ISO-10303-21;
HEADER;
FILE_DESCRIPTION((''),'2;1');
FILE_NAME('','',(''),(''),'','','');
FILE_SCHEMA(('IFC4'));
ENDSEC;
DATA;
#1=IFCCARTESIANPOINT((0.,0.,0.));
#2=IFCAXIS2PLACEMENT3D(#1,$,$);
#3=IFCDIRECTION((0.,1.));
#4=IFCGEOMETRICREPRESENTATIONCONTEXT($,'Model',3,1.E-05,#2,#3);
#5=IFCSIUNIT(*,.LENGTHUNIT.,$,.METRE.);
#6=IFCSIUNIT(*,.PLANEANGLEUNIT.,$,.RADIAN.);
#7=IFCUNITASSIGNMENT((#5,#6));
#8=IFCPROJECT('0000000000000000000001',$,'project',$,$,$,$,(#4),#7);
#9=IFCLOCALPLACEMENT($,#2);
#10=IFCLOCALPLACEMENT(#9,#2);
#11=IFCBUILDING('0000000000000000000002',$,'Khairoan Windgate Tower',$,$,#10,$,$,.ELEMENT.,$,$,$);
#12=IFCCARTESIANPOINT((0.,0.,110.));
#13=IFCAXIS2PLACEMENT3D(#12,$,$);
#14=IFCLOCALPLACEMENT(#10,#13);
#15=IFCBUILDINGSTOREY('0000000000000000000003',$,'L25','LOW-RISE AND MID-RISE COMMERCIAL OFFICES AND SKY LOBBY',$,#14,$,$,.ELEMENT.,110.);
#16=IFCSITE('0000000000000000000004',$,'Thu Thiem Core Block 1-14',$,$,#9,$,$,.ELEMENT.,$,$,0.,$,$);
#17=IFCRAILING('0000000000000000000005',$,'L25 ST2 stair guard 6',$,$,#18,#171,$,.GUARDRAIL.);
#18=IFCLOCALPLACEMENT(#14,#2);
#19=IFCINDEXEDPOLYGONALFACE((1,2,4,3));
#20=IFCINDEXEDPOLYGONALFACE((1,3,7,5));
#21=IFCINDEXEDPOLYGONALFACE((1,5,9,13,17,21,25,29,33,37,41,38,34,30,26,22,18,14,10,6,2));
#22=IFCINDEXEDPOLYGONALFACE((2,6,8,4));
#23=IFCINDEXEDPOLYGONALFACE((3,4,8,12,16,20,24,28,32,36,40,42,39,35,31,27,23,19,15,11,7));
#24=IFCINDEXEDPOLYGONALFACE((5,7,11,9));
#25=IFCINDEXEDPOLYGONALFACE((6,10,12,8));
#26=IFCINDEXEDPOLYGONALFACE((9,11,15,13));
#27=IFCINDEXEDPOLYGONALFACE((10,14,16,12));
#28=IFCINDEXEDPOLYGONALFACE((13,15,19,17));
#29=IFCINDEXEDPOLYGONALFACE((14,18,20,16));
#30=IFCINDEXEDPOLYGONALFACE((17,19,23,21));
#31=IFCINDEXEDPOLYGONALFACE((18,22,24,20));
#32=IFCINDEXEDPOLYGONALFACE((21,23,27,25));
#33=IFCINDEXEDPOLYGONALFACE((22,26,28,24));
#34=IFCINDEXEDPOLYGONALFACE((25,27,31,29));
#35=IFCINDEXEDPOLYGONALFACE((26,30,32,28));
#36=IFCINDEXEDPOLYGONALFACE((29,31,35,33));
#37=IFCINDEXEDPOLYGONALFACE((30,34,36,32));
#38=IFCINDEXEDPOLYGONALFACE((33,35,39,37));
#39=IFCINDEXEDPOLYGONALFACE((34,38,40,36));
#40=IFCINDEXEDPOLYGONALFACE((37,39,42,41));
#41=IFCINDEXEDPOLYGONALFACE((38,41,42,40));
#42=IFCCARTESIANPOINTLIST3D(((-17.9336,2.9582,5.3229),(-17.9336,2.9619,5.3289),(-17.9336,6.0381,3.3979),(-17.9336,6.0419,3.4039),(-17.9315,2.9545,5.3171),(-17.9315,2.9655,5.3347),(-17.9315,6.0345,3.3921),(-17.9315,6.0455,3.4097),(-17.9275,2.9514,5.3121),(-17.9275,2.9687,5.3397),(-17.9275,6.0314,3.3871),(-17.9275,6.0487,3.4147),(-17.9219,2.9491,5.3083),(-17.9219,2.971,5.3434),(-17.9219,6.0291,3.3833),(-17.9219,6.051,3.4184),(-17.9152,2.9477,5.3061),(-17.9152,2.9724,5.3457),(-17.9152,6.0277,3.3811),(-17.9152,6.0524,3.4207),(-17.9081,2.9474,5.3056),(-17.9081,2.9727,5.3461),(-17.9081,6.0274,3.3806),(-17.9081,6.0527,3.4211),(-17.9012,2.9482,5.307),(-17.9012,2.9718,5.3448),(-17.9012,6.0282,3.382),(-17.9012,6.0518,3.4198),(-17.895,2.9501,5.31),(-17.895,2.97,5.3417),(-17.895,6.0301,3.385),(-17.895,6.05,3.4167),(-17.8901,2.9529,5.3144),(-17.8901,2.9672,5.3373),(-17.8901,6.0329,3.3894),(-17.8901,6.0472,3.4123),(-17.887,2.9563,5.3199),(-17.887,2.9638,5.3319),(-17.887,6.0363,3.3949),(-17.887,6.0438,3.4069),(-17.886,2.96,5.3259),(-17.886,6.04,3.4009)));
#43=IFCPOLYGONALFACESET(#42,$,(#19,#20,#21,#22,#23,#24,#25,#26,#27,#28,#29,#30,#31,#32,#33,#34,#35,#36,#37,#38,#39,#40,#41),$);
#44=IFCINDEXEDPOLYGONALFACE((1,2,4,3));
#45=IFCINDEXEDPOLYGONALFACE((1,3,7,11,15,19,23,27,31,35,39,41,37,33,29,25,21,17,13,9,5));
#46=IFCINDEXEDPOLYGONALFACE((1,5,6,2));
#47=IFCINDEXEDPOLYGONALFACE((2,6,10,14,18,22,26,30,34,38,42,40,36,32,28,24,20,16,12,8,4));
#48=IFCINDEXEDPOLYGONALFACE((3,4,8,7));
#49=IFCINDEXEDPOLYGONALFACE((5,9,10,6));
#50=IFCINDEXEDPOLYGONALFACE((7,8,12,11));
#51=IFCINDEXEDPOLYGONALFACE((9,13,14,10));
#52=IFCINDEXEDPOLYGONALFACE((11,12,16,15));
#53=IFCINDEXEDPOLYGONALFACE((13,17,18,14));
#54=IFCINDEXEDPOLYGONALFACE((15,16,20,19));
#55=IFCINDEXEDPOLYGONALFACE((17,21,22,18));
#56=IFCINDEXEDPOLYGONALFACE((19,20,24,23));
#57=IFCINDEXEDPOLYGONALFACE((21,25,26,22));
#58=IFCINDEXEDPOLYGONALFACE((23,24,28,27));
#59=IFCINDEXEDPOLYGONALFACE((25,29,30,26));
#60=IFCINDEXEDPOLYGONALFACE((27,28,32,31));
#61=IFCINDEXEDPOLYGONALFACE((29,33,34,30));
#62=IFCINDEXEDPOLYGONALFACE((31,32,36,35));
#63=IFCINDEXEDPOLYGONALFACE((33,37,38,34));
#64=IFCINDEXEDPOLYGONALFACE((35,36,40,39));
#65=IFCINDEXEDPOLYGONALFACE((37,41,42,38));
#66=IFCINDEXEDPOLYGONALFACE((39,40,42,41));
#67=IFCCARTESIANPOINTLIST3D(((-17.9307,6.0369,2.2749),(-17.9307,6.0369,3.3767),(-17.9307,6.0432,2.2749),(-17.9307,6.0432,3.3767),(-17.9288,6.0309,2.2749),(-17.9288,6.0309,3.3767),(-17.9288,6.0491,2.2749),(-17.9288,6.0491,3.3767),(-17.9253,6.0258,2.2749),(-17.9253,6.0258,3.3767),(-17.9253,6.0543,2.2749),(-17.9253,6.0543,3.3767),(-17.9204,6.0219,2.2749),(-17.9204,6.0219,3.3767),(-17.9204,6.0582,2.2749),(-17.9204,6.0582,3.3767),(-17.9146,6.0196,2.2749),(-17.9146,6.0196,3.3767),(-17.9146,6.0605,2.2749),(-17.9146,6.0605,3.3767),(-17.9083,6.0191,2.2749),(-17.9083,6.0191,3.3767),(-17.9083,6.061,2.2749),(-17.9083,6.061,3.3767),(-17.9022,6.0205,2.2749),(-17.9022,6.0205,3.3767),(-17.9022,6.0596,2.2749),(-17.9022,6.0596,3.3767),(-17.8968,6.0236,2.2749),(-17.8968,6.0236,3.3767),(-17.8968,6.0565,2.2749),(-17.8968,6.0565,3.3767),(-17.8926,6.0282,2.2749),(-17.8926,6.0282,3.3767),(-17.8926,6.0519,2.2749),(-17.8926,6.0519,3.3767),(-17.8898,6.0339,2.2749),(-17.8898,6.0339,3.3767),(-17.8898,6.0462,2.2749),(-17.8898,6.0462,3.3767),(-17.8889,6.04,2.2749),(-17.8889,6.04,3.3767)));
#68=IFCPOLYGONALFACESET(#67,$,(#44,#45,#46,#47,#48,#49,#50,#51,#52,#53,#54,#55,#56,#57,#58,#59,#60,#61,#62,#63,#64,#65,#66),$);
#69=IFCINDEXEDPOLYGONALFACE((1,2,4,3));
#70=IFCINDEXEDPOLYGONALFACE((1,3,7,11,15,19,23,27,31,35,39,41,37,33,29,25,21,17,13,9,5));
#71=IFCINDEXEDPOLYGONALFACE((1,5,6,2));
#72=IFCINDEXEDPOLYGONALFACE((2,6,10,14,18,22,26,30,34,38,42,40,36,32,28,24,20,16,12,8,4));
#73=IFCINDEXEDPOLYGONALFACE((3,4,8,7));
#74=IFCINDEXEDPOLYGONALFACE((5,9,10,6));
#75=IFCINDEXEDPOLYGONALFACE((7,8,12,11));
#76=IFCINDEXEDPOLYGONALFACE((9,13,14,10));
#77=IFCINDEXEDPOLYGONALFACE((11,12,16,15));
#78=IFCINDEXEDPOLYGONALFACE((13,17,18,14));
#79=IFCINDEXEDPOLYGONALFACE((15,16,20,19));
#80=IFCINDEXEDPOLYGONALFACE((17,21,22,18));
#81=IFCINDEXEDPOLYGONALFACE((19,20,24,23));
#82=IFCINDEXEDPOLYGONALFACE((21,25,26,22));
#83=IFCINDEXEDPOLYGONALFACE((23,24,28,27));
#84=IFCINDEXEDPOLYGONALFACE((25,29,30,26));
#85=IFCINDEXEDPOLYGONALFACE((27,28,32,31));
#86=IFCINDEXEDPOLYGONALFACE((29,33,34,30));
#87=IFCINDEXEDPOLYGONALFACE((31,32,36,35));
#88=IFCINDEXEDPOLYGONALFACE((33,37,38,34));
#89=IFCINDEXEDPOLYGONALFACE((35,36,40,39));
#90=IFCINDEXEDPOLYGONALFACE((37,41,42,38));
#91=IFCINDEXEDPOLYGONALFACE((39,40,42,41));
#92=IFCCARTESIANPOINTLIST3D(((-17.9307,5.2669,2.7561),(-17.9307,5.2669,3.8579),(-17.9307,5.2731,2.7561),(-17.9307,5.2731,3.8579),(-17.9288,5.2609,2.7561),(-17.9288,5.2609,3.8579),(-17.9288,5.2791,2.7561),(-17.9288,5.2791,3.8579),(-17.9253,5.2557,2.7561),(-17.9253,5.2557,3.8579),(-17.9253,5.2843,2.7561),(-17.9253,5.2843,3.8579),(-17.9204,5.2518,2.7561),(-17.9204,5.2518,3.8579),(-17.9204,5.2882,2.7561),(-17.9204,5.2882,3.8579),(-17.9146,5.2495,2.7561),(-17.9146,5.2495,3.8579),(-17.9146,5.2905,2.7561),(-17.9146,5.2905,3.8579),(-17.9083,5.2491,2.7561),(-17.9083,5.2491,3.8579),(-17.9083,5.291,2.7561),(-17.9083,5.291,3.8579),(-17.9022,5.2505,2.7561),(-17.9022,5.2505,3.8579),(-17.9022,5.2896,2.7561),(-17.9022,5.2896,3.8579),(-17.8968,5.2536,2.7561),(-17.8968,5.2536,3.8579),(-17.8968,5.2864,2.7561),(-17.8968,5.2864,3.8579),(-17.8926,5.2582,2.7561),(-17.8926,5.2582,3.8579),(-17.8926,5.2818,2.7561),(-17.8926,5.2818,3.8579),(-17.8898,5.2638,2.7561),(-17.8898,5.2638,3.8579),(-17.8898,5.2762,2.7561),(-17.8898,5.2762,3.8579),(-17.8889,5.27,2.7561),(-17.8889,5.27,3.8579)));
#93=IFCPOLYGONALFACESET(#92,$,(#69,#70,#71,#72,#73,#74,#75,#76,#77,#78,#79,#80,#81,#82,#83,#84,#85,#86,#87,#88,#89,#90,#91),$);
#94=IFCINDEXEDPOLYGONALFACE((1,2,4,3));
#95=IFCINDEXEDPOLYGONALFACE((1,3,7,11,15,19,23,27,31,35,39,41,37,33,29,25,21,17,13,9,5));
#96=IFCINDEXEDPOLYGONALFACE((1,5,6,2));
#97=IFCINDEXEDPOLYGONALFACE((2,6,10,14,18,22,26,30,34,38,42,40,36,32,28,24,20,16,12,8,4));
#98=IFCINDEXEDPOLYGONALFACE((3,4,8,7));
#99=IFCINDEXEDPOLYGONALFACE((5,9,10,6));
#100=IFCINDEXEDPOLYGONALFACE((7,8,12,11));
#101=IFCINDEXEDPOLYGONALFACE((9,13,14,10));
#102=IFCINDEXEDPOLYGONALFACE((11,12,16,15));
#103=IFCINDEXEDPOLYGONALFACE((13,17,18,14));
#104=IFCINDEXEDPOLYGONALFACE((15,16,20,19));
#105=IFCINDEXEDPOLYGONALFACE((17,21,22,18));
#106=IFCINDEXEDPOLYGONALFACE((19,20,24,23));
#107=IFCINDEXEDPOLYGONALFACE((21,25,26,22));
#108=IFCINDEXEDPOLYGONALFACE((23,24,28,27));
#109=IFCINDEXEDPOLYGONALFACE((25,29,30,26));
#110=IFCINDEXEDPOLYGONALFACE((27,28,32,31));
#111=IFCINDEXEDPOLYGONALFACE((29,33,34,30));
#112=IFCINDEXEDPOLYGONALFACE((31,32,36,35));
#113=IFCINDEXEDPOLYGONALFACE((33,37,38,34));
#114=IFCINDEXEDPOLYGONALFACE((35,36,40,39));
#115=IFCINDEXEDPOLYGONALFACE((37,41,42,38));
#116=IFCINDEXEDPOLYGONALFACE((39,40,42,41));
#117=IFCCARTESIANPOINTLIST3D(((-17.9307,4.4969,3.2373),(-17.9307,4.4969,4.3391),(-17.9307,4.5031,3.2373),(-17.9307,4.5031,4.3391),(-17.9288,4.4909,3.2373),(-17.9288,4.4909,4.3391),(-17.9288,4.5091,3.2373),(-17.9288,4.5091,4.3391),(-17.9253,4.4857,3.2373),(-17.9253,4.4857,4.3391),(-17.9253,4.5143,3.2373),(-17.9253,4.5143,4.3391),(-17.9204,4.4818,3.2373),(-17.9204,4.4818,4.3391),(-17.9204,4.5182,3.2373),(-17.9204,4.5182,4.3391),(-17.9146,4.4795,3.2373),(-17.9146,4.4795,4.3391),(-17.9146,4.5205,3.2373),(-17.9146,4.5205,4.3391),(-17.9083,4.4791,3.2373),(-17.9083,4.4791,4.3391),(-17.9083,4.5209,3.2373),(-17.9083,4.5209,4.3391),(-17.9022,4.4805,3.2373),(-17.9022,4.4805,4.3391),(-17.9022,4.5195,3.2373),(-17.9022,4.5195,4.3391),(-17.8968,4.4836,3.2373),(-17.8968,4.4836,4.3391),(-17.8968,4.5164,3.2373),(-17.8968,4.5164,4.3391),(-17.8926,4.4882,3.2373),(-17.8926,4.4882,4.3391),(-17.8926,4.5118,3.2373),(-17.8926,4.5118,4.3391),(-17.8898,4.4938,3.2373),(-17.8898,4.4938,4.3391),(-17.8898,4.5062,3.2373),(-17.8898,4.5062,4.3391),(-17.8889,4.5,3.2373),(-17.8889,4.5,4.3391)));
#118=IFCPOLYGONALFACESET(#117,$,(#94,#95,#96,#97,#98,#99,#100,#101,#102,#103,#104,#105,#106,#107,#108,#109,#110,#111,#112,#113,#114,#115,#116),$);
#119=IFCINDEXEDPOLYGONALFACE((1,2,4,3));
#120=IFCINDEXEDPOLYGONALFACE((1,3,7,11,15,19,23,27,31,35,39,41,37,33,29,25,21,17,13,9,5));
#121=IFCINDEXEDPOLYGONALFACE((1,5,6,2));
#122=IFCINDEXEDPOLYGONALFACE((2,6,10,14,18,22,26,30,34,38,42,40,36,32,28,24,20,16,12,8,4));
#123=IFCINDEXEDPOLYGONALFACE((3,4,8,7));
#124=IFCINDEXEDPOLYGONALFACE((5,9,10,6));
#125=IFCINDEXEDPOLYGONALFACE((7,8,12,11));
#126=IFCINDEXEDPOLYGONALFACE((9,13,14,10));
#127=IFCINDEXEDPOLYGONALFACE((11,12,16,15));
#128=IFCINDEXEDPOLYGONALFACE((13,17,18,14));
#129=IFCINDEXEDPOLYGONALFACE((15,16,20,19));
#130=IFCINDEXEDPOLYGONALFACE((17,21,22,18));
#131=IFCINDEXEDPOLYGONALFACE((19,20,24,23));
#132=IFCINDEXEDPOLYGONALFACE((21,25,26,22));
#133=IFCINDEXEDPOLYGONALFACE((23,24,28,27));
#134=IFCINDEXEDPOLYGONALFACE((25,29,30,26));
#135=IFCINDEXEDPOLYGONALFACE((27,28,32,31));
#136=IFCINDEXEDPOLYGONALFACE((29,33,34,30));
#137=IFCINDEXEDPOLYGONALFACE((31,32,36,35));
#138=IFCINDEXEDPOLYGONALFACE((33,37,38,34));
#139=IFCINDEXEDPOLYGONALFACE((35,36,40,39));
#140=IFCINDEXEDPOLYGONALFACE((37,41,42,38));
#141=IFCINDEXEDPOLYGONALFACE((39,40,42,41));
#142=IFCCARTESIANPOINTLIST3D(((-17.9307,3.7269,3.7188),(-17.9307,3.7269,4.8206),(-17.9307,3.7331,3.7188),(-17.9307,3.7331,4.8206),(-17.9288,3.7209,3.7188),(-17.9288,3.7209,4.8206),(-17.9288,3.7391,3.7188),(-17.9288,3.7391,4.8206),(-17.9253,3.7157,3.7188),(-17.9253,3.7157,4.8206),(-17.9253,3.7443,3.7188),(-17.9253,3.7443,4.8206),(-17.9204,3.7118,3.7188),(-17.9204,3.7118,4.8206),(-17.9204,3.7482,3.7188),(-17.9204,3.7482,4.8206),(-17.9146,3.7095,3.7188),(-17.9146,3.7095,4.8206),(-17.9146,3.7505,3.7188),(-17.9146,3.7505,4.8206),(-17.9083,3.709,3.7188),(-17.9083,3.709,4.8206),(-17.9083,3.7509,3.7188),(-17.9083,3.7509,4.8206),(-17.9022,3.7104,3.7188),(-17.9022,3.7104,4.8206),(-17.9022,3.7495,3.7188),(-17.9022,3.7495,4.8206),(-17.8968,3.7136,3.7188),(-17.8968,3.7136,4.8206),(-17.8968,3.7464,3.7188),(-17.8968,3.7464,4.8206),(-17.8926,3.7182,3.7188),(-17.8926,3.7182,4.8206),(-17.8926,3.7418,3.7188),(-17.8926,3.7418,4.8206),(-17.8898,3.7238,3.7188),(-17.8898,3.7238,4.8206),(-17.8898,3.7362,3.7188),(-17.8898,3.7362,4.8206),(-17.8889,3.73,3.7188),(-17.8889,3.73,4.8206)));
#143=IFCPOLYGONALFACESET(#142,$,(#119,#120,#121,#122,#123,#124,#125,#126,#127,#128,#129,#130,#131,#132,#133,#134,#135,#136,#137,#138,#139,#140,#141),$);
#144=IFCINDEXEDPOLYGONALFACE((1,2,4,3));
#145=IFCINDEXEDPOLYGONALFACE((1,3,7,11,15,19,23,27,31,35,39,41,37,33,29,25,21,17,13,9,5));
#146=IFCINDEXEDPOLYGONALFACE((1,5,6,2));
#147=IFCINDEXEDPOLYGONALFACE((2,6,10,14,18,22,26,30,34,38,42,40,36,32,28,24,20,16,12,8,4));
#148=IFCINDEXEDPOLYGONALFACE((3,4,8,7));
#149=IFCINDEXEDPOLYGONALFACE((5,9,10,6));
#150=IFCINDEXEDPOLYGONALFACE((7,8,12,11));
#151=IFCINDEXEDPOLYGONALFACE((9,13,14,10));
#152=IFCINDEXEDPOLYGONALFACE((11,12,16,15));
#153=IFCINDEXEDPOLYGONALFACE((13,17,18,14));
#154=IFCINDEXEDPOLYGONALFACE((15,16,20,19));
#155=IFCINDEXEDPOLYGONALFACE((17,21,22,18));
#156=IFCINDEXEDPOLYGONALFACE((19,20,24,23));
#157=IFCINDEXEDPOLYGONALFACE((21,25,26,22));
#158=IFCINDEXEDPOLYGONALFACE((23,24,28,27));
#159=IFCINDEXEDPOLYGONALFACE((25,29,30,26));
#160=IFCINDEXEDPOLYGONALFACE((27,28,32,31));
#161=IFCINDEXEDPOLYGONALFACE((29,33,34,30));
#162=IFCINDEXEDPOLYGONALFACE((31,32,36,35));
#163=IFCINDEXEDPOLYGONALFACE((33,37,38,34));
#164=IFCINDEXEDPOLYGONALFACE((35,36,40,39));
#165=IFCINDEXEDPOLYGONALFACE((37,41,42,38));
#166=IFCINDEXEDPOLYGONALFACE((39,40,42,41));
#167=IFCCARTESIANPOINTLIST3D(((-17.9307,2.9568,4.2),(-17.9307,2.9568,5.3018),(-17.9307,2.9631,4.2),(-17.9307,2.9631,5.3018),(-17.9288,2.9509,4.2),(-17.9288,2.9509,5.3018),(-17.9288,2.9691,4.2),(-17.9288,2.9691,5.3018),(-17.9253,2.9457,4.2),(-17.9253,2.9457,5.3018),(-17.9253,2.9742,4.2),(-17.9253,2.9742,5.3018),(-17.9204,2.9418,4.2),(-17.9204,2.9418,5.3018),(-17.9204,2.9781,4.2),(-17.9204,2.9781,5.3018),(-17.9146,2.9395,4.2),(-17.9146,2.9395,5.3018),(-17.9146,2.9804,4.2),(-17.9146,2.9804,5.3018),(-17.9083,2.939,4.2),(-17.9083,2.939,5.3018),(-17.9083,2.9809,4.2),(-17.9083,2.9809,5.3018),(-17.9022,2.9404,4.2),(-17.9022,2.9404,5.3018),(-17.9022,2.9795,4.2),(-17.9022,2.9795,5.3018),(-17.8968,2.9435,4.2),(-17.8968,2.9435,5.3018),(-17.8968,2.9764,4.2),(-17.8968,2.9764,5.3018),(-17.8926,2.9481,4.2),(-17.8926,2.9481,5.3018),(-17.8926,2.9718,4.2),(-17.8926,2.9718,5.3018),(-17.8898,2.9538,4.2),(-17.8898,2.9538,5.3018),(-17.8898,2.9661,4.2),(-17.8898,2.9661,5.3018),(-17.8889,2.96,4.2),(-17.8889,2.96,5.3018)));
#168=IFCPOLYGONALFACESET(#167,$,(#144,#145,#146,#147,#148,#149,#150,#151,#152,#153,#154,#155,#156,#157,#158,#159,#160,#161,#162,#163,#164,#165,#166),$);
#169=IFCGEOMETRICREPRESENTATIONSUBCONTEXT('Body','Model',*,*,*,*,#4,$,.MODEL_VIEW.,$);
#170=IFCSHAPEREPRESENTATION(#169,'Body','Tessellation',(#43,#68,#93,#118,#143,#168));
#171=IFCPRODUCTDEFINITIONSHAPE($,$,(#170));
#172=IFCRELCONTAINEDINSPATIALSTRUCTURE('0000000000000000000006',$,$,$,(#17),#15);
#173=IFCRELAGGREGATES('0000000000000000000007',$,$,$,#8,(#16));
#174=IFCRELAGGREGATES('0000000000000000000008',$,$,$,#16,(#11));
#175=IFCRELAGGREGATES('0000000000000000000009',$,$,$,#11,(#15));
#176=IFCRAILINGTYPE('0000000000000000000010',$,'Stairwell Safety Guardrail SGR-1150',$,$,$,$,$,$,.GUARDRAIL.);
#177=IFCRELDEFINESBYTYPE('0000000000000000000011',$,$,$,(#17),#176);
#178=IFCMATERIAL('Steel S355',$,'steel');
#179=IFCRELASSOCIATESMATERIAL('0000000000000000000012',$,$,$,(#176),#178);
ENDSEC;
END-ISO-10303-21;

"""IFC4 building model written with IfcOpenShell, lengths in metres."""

from ifc_helpers import new_model, si_unit, direction, frame, origin, origin_2d, place, context, subcontext, project, spatial, circle, extrude, material, type_object, element, save


model = new_model("IFC4")

# Units and contexts
model_context = context("Model", 3, precision=1e-05, world=origin(), true_north=direction((0.0, 1.0)))
body_context = subcontext(model_context, "Body", "Model", "MODEL_VIEW")
ifc_project = project(units=[si_unit("LENGTHUNIT", "METRE"), si_unit("PLANEANGLEUNIT", "RADIAN")], contexts=[model_context])

# Site, building, storey
site_placement = place(None, origin())
site = spatial("IfcSite", under=ifc_project, at=site_placement, Name="Thu Thiem Core Block 1-14", CompositionType="ELEMENT", RefElevation=0.0)
building_placement = place(site_placement, origin())
building = spatial("IfcBuilding", under=site, at=building_placement, Name="Khairoan Windgate Tower", CompositionType="ELEMENT")
storey_placement = place(building_placement, frame((0.0, 0.0, 110.0)))
storey = spatial("IfcBuildingStorey", under=building, at=storey_placement, Name="L25", Description="LOW-RISE AND MID-RISE COMMERCIAL OFFICES AND SKY LOBBY", CompositionType="ELEMENT", Elevation=110.0)

# Railing
ifc_material_1 = material(Name="Steel S355", Category="steel")
railing_type_1 = type_object("IfcRailingType", Name="Stairwell Safety Guardrail SGR-1150", PredefinedType="GUARDRAIL", material=ifc_material_1)
railing_1_placement = place(storey_placement, frame((-17.9099, 6.04, 2.2749)))
element("IfcRailing", 1, at=railing_1_placement, inside=storey, type_object=railing_type_1, Name="L25 ST2 stair guard 6", PredefinedType="GUARDRAIL", context=body_context, shape_type="SweptSolid", body=[
    extrude(circle(Radius=0.0239, at=origin_2d()), frame((0.0, 0.0, 1.126), z_axis=(0.0, -0.847998, 0.529999), x_axis=(1.0, 0.0, 0.0)), (0.0, 0.0, 1.0), 3.6321),
    extrude(circle(Radius=0.021, at=origin_2d()), origin(), (0.0, 0.0, 1.0), 1.1018),
    extrude(circle(Radius=0.021, at=origin_2d()), frame((0.0, -0.77, 0.4812)), (0.0, 0.0, 1.0), 1.1018),
    extrude(circle(Radius=0.021, at=origin_2d()), frame((0.0, -1.54, 0.9624)), (0.0, 0.0, 1.0), 1.1018),
    extrude(circle(Radius=0.021, at=origin_2d()), frame((0.0, -2.3101, 1.4438)), (0.0, 0.0, 1.0), 1.1018),
    extrude(circle(Radius=0.021, at=origin_2d()), frame((0.0, -3.0801, 1.925)), (0.0, 0.0, 1.0), 1.1018),
])

save(model, "model.ifc")
